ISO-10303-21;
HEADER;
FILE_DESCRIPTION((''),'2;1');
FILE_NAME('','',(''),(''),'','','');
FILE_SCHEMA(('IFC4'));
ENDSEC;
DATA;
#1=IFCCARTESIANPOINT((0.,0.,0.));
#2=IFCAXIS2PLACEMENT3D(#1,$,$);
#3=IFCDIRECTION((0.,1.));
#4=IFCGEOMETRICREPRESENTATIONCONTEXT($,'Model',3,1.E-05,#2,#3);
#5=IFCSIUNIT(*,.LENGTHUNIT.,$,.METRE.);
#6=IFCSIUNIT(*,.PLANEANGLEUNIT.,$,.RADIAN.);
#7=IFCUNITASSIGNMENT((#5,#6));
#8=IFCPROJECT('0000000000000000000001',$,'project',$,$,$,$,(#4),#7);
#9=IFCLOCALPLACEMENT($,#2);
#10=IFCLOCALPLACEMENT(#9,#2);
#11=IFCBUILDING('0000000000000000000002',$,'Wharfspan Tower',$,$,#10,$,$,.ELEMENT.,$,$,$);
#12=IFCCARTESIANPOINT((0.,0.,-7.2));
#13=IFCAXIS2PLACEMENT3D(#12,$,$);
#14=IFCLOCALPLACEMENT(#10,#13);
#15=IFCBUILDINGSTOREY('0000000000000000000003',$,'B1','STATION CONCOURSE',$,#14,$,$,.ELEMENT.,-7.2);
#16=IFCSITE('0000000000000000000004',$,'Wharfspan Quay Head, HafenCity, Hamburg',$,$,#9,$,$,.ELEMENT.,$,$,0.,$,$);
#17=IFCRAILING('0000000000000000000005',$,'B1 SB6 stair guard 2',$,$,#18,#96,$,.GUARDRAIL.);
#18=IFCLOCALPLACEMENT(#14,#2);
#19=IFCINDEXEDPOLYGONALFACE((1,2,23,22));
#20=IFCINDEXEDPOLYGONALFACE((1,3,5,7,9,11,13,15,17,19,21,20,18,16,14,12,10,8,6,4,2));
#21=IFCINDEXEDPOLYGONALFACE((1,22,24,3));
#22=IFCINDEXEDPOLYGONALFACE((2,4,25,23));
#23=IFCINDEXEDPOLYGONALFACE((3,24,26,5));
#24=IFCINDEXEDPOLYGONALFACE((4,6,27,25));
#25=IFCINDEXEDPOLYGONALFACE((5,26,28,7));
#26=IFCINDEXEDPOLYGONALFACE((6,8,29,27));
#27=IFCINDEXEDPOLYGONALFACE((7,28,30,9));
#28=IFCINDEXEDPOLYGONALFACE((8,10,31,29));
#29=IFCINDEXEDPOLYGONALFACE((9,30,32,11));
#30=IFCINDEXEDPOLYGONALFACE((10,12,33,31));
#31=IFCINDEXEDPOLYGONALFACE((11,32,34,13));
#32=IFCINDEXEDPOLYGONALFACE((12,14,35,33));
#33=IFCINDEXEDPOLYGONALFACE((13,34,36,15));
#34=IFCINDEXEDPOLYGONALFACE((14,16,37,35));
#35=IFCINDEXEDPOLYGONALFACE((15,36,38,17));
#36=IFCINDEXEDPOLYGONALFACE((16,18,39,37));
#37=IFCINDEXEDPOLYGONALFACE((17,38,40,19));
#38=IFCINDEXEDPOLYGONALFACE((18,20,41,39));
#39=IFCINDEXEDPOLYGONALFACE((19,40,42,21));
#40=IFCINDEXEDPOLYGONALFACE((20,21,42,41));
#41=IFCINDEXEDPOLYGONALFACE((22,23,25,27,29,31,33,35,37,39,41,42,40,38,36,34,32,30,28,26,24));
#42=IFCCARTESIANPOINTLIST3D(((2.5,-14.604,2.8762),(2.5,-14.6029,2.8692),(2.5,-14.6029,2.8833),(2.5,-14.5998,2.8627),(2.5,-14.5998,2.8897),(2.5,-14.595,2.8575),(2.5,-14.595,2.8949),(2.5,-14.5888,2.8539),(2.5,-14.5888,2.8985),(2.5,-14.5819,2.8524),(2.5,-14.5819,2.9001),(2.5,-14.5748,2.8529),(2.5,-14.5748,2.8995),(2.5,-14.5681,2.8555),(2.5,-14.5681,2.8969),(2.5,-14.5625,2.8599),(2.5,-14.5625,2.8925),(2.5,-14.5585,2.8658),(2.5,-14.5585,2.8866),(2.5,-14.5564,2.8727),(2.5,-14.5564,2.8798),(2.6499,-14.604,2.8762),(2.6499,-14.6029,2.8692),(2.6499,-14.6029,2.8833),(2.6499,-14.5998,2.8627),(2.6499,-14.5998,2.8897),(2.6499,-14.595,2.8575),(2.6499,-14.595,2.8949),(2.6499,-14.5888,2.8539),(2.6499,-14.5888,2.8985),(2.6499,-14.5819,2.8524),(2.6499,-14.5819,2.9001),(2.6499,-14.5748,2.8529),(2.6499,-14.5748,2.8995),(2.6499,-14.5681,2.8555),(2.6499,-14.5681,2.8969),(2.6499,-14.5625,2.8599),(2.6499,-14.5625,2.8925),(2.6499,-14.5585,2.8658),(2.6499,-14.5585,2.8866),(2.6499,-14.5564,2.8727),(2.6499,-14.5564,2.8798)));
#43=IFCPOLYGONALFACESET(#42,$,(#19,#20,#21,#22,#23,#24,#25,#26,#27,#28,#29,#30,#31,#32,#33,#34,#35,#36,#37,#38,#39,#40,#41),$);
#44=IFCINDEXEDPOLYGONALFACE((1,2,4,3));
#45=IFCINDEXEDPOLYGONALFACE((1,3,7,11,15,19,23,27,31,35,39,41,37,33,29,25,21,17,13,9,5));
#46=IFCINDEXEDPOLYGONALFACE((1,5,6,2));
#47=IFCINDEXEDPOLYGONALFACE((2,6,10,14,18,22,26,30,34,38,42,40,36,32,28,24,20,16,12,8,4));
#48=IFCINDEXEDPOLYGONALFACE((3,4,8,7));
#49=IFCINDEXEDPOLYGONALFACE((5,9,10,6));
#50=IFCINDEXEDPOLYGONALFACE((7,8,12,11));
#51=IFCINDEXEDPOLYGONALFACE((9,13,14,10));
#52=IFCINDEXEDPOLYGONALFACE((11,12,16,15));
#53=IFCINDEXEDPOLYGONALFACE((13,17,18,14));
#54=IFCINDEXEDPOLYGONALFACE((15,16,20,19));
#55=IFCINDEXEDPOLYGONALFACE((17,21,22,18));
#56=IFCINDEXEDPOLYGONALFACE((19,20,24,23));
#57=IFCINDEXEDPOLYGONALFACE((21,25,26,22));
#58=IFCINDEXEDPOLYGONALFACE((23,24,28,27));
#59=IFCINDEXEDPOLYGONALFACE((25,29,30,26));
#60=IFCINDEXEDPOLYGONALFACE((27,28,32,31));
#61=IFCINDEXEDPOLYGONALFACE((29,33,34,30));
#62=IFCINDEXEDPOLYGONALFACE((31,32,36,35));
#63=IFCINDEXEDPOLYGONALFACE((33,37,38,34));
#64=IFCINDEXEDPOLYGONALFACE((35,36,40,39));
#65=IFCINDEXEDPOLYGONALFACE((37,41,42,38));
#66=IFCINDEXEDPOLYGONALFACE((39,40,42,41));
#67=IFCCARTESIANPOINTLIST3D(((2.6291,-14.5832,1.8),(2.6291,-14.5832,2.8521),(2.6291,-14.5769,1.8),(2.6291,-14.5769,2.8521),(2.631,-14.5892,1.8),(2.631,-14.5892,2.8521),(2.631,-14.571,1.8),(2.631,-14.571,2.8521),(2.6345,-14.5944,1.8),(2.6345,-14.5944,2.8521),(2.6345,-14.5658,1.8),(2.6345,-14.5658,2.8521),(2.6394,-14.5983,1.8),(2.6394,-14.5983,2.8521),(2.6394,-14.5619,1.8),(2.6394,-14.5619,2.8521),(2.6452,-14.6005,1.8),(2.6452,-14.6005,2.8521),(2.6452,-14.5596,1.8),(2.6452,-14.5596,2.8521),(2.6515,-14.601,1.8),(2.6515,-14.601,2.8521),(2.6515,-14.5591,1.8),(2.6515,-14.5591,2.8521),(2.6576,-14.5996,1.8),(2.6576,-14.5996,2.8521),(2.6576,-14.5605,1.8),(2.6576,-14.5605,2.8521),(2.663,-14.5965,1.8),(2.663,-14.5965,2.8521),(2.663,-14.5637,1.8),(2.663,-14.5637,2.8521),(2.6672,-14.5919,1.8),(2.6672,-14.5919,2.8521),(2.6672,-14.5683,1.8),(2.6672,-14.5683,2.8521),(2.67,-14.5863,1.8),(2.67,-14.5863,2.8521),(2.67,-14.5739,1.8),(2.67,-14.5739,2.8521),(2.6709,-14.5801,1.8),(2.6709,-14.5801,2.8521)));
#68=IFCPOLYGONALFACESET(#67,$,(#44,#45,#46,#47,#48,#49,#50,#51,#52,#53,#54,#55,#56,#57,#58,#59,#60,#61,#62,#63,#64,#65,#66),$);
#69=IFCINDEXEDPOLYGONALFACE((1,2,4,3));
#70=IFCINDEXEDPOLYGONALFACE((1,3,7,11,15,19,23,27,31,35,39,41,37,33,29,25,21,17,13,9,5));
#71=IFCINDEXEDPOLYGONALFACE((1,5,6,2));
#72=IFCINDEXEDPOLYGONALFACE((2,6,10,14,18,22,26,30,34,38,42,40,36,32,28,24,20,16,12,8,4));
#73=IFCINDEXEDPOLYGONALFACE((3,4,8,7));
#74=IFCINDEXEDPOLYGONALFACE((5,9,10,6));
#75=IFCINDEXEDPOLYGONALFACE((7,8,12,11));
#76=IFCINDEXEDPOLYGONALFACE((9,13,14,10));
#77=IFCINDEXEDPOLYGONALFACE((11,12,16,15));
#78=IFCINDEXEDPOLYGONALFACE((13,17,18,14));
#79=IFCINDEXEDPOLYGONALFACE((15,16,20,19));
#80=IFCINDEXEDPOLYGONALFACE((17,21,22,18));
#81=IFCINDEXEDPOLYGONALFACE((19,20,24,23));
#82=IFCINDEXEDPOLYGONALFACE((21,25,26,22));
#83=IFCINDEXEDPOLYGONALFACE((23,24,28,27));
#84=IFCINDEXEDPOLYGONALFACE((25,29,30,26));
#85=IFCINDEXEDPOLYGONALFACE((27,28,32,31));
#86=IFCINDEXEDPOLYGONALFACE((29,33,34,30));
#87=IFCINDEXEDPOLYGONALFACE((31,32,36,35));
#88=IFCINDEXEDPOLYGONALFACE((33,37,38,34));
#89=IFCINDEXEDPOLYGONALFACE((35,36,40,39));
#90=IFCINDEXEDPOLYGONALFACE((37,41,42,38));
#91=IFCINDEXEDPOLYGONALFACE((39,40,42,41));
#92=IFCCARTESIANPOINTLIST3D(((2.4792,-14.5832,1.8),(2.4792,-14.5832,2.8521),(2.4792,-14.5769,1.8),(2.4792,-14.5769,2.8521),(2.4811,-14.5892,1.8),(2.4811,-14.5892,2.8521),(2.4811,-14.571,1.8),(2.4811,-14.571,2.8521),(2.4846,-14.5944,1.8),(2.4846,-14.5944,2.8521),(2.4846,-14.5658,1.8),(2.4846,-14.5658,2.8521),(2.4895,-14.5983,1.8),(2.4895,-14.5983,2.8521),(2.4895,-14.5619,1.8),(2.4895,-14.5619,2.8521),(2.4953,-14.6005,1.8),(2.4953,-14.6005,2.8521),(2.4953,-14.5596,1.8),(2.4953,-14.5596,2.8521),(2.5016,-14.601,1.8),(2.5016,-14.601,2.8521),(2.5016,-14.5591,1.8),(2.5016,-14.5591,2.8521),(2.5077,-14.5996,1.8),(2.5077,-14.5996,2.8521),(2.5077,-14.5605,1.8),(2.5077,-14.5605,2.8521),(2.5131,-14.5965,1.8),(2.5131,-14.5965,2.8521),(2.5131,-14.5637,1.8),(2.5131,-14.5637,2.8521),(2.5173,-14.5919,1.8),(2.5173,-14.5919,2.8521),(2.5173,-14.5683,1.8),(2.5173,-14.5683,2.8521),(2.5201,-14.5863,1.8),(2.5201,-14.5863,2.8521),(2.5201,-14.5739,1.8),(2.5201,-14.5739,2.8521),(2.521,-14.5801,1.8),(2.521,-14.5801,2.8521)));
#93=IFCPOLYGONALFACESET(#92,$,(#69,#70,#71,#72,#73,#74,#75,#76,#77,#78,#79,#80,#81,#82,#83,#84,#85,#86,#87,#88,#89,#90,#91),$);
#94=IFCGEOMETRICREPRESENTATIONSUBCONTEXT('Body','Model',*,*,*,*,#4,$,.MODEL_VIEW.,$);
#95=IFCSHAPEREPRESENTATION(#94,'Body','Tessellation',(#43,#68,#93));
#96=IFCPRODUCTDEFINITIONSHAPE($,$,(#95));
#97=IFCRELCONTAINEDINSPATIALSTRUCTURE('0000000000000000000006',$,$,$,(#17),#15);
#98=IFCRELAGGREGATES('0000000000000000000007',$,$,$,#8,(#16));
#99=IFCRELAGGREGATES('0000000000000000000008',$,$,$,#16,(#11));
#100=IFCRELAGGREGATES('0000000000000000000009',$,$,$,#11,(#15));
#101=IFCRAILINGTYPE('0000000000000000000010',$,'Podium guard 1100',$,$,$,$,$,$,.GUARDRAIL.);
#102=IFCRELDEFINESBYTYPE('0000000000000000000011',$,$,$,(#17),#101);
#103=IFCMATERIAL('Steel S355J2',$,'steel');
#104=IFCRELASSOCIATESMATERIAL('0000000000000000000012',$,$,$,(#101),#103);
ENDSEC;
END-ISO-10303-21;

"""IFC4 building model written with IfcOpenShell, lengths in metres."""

from ifc_helpers import new_model, si_unit, direction, frame, origin, origin_2d, place, context, subcontext, project, spatial, circle, extrude, material, type_object, element, save


model = new_model("IFC4")

# Units and contexts
model_context = context("Model", 3, precision=1e-05, world=origin(), true_north=direction((0.0, 1.0)))
body_context = subcontext(model_context, "Body", "Model", "MODEL_VIEW")
ifc_project = project(units=[si_unit("LENGTHUNIT", "METRE"), si_unit("PLANEANGLEUNIT", "RADIAN")], contexts=[model_context])

# Site, building, storey
site_placement = place(None, origin())
site = spatial("IfcSite", under=ifc_project, at=site_placement, Name="Wharfspan Quay Head, HafenCity, Hamburg", CompositionType="ELEMENT", RefElevation=0.0)
building_placement = place(site_placement, origin())
building = spatial("IfcBuilding", under=site, at=building_placement, Name="Wharfspan Tower", CompositionType="ELEMENT")
storey_placement = place(building_placement, frame((0.0, 0.0, -7.2)))
storey = spatial("IfcBuildingStorey", under=building, at=storey_placement, Name="B1", Description="STATION CONCOURSE", CompositionType="ELEMENT", Elevation=-7.2)

# Railing
ifc_material_1 = material(Name="Steel S355J2", Category="steel")
railing_type = type_object("IfcRailingType", Name="Podium guard 1100", PredefinedType="GUARDRAIL", material=ifc_material_1)
railing_1_placement = place(storey_placement, frame((2.6499, -14.5801, 1.8)))
element("IfcRailing", 1, at=railing_1_placement, inside=storey, type_object=railing_type, Name="B1 SB6 stair guard 2", PredefinedType="GUARDRAIL", context=body_context, shape_type="SweptSolid", body=[
    extrude(circle(Radius=0.0239, at=origin_2d()), frame((0.0, 0.0, 1.0762), z_axis=(-1.0, 0.0, 0.0), x_axis=(0.0, -1.0, 0.0)), (0.0, 0.0, 1.0), 0.1499),
    extrude(circle(Radius=0.021, at=origin_2d()), origin(), (0.0, 0.0, 1.0), 1.052),
    extrude(circle(Radius=0.021, at=origin_2d()), frame((-0.1499, 0.0, 0.0)), (0.0, 0.0, 1.0), 1.052),
])

save(model, "model.ifc")
